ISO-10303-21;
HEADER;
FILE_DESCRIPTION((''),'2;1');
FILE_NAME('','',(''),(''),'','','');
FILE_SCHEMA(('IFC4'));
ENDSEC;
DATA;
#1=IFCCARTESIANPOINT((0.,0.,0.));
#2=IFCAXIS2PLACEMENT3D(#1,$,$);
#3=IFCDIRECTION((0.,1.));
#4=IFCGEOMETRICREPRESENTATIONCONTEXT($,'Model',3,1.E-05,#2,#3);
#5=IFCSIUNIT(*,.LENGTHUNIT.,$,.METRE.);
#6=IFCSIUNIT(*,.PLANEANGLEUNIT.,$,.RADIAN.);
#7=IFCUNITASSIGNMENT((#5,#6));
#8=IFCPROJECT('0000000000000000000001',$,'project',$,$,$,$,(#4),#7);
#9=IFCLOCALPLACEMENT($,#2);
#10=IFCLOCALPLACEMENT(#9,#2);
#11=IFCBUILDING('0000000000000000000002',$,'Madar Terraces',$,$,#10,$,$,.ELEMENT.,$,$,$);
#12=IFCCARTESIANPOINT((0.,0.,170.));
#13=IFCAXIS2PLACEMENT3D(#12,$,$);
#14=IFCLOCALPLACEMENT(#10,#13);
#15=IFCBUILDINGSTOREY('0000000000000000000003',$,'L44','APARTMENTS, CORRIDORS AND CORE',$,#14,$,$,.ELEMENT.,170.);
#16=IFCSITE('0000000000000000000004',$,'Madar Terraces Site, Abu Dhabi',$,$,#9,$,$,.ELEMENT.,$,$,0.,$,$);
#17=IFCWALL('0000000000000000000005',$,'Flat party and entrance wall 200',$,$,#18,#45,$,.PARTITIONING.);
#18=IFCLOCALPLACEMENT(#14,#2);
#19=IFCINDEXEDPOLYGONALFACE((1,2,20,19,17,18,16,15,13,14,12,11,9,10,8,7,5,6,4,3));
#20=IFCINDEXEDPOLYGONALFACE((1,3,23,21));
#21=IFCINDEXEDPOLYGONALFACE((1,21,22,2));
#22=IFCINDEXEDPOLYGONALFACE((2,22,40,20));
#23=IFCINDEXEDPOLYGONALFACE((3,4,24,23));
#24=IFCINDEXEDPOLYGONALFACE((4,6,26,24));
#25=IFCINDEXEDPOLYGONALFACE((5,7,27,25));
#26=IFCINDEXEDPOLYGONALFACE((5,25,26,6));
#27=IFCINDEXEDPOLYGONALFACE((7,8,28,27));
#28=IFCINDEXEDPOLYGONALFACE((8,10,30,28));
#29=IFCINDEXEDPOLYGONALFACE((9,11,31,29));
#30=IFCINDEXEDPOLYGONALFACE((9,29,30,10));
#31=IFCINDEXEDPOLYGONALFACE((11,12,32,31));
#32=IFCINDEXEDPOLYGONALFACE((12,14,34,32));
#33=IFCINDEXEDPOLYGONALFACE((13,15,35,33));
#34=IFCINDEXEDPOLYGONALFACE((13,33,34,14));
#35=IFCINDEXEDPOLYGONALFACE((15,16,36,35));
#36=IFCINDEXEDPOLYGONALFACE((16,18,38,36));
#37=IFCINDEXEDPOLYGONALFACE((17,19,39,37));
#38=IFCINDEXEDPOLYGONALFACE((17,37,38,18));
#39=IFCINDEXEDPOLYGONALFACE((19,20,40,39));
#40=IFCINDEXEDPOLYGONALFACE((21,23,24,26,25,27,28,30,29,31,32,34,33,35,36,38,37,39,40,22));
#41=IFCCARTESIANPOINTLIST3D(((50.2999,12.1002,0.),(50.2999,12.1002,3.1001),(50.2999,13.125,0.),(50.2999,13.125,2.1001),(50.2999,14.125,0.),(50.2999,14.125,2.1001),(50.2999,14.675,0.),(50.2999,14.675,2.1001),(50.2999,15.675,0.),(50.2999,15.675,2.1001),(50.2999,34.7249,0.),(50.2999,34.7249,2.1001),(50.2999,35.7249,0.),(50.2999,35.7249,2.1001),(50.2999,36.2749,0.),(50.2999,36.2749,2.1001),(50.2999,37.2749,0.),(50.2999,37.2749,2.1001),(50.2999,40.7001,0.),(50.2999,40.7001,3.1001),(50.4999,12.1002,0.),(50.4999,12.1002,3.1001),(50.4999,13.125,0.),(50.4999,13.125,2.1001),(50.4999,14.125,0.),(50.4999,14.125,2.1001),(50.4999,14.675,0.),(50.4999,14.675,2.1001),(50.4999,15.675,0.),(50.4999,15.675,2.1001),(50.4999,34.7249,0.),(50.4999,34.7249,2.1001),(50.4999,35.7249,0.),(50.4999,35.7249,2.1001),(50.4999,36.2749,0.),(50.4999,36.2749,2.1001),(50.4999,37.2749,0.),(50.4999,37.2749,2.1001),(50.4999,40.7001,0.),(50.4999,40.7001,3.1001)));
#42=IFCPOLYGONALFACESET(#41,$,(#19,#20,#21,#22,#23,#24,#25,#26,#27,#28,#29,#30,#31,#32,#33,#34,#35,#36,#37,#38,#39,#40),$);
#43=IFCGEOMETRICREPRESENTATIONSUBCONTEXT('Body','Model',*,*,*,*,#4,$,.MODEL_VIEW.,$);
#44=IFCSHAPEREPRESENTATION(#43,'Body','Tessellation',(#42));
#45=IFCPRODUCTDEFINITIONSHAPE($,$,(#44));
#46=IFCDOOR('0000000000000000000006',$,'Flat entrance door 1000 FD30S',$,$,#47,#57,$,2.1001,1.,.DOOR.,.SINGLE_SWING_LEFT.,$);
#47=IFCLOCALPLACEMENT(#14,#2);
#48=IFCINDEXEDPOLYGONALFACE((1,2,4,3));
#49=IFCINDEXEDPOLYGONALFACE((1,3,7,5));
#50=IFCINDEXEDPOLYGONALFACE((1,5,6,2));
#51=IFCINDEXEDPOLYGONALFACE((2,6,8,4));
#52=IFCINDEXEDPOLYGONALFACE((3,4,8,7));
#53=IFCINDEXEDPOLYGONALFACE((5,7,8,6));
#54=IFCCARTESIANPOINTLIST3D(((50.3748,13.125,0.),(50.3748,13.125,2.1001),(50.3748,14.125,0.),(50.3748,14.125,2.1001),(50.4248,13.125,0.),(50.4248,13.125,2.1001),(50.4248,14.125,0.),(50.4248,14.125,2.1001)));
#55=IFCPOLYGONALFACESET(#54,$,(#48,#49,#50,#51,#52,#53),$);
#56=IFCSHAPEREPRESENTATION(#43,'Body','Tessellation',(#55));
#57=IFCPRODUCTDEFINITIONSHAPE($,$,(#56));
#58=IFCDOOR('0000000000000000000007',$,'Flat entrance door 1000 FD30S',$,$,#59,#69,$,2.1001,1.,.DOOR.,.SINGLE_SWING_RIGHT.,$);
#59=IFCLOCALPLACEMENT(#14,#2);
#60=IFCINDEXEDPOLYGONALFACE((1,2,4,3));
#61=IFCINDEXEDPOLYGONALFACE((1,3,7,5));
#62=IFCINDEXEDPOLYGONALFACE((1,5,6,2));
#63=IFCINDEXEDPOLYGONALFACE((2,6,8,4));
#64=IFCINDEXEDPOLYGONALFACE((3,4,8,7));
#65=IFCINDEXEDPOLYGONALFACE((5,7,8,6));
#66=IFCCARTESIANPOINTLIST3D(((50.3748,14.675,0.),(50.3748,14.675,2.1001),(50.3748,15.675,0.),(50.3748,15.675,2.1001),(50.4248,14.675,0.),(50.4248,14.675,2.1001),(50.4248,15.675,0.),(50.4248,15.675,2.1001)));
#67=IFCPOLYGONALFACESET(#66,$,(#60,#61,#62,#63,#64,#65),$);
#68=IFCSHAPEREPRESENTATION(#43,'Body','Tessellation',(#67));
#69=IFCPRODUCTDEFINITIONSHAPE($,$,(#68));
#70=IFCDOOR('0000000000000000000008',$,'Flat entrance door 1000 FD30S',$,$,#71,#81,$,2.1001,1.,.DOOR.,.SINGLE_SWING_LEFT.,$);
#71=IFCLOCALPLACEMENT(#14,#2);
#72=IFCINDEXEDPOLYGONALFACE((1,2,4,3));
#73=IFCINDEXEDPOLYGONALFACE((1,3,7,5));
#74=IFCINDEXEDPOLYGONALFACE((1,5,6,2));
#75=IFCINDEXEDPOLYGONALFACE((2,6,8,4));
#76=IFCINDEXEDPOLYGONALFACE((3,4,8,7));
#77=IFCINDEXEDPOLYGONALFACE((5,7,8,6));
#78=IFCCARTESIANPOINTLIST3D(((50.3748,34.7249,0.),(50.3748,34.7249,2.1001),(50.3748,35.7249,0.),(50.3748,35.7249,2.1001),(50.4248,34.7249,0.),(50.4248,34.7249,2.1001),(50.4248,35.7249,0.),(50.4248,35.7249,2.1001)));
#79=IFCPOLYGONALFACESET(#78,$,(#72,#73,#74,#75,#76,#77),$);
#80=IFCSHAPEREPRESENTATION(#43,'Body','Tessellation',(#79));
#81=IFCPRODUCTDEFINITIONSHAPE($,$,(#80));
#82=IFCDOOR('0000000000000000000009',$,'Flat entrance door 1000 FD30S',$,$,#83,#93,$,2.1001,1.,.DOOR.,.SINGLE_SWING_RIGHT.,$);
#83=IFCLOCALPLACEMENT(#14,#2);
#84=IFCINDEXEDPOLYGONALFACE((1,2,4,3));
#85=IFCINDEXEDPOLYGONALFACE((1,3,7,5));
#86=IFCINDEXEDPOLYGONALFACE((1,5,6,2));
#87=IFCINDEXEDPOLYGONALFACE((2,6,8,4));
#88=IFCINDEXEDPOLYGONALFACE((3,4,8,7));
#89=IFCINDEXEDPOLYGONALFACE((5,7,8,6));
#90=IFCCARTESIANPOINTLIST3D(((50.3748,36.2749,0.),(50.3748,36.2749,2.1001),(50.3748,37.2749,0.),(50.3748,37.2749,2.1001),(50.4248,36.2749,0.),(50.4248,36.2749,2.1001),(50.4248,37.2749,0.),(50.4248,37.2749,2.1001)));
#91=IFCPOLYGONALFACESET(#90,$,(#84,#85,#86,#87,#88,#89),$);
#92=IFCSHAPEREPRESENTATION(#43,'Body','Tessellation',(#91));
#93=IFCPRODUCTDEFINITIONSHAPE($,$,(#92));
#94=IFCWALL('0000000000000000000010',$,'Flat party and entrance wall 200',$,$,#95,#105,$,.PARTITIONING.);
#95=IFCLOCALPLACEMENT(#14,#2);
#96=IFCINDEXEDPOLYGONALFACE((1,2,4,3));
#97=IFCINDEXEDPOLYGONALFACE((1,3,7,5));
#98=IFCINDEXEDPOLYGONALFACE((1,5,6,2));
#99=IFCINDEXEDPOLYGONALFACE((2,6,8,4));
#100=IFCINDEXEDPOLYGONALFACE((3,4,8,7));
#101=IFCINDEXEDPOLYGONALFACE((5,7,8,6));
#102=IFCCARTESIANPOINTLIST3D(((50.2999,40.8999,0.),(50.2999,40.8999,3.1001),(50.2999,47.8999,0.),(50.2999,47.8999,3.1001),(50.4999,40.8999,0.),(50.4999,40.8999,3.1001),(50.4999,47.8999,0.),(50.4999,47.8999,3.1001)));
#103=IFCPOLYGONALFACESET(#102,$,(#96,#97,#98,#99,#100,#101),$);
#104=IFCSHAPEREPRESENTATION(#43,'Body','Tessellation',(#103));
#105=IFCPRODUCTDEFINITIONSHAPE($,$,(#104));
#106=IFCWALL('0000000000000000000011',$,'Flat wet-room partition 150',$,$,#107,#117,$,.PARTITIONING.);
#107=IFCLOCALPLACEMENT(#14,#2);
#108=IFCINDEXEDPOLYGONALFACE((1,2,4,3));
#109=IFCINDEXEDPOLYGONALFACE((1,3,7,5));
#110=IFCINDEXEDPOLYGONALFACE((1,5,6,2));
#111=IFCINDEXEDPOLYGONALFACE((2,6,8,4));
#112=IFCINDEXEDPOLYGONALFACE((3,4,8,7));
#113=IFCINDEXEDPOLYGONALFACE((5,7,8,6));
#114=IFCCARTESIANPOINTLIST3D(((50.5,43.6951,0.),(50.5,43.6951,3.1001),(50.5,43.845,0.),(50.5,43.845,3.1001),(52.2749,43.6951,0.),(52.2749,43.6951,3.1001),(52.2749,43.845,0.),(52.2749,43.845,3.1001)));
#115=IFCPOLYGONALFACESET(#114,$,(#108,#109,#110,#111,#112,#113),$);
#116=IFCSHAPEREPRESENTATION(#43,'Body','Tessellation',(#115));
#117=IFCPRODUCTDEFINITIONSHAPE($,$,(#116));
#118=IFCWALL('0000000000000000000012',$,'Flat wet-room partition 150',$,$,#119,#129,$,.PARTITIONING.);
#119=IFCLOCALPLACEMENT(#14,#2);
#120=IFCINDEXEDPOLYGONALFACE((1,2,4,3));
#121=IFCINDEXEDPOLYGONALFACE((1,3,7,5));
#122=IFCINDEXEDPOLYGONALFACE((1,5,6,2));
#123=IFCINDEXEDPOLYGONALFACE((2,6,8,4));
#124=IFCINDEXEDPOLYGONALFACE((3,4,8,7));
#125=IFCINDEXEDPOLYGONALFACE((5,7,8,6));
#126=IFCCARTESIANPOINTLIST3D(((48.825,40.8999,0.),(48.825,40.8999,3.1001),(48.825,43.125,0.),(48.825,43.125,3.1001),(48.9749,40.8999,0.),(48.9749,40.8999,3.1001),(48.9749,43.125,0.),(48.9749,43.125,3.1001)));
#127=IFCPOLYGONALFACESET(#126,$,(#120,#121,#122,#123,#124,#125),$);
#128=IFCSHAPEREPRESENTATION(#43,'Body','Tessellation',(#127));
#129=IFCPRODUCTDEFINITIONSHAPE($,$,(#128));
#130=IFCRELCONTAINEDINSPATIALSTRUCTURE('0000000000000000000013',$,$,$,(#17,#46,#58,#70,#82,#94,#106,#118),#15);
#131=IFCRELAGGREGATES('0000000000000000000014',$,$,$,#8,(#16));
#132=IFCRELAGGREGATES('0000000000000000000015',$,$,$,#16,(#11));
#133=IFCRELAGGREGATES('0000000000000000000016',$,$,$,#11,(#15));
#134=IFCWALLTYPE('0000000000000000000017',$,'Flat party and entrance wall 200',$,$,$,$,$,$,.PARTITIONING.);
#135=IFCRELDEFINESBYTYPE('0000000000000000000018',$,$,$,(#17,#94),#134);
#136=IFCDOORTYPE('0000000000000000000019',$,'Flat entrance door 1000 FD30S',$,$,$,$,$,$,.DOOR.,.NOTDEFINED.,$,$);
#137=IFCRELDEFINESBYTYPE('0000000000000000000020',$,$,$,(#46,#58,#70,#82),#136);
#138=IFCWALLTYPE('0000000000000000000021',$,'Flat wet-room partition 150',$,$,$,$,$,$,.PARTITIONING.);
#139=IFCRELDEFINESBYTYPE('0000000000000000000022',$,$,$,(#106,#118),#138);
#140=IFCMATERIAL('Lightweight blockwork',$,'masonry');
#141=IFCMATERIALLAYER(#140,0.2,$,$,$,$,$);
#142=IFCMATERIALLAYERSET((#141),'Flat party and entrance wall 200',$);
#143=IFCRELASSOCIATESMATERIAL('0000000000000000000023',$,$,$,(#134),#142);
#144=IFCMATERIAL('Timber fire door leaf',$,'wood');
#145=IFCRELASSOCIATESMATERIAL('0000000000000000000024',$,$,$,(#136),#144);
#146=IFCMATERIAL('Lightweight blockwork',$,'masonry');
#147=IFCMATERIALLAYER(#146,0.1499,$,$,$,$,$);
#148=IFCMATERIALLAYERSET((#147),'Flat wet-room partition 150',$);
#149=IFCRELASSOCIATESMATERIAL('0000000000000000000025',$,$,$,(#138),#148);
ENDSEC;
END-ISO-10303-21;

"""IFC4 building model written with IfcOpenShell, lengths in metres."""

from ifc_helpers import new_model, si_unit, direction, frame, frame_2d, origin, place, context, subcontext, project, spatial, rectangle, extrude, material, layer, layer_set, type_object, element, fill, save


model = new_model("IFC4")

# Units and contexts
model_context = context("Model", 3, precision=1e-05, world=origin(), true_north=direction((0.0, 1.0)))
body_context = subcontext(model_context, "Body", "Model", "MODEL_VIEW")
ifc_project = project(units=[si_unit("LENGTHUNIT", "METRE"), si_unit("PLANEANGLEUNIT", "RADIAN")], contexts=[model_context])

# Site, building, storey
site_placement = place(None, origin())
site = spatial("IfcSite", under=ifc_project, at=site_placement, Name="Madar Terraces Site, Abu Dhabi", CompositionType="ELEMENT", RefElevation=0.0)
building_placement = place(site_placement, origin())
building = spatial("IfcBuilding", under=site, at=building_placement, Name="Madar Terraces", CompositionType="ELEMENT")
storey_placement = place(building_placement, frame((0.0, 0.0, 170.0)))
storey = spatial("IfcBuildingStorey", under=building, at=storey_placement, Name="L44", Description="APARTMENTS, CORRIDORS AND CORE", CompositionType="ELEMENT", Elevation=170.0)

# Wall, openings, doors
ifc_material_1 = material(Name="Lightweight blockwork", Category="masonry")
ifc_layer_1 = layer(ifc_material_1, 0.2)
ifc_layer_set_1 = layer_set([ifc_layer_1], Name="Flat party and entrance wall 200")
wall_type_1 = type_object("IfcWallType", Name="Flat party and entrance wall 200", PredefinedType="PARTITIONING", material=ifc_layer_set_1)
wall_1_placement = place(storey_placement, frame((50.3999, 40.7, 0.0), z_axis=(0.0, 0.0, 1.0), x_axis=(0.0, -1.0, 0.0)))
wall_1 = element("IfcWall", 1, at=wall_1_placement, inside=storey, type_object=wall_type_1, Name="Flat party and entrance wall 200", PredefinedType="PARTITIONING", context=body_context, shape_type="SweptSolid", body=[
    extrude(rectangle(XDim=28.5999, YDim=0.2, at=frame_2d((14.2998, 0.0))), origin(), (0.0, 0.0, 1.0), 3.1001),
])
opening_1_placement = place(wall_1_placement, frame((26.575, 0.0, 0.0)))
opening_1 = element("IfcOpeningElement", 2, at=opening_1_placement, cuts=wall_1, PredefinedType="OPENING", context=body_context, shape_type="SweptSolid", body=[
    extrude(rectangle(XDim=1.0, YDim=2.1001, at=frame_2d((0.5, 1.05))), frame((0.0, 0.1099, 0.0), z_axis=(0.0, -1.0, 0.0), x_axis=(1.0, 0.0, 0.0)), (0.0, 0.0, 1.0), 0.22),
])
opening_2_placement = place(wall_1_placement, frame((25.0249, 0.0, 0.0)))
opening_2 = element("IfcOpeningElement", 3, at=opening_2_placement, cuts=wall_1, PredefinedType="OPENING", context=body_context, shape_type="SweptSolid", body=[
    extrude(rectangle(XDim=1.0, YDim=2.1001, at=frame_2d((0.5, 1.05))), frame((0.0, 0.1099, 0.0), z_axis=(0.0, -1.0, 0.0), x_axis=(1.0, 0.0, 0.0)), (0.0, 0.0, 1.0), 0.22),
])
opening_3_placement = place(wall_1_placement, frame((4.9751, 0.0, 0.0)))
opening_3 = element("IfcOpeningElement", 4, at=opening_3_placement, cuts=wall_1, PredefinedType="OPENING", context=body_context, shape_type="SweptSolid", body=[
    extrude(rectangle(XDim=1.0, YDim=2.1001, at=frame_2d((0.5, 1.05))), frame((0.0, 0.1099, 0.0), z_axis=(0.0, -1.0, 0.0), x_axis=(1.0, 0.0, 0.0)), (0.0, 0.0, 1.0), 0.22),
])
opening_4_placement = place(wall_1_placement, frame((3.425, 0.0, 0.0)))
opening_4 = element("IfcOpeningElement", 5, at=opening_4_placement, cuts=wall_1, PredefinedType="OPENING", context=body_context, shape_type="SweptSolid", body=[
    extrude(rectangle(XDim=1.0, YDim=2.1001, at=frame_2d((0.5, 1.05))), frame((0.0, 0.1099, 0.0), z_axis=(0.0, -1.0, 0.0), x_axis=(1.0, 0.0, 0.0)), (0.0, 0.0, 1.0), 0.22),
])
ifc_material_2 = material(Name="Timber fire door leaf", Category="wood")
door_type_1 = type_object("IfcDoorType", Name="Flat entrance door 1000 FD30S", OperationType="NOTDEFINED", PredefinedType="DOOR", material=ifc_material_2)
door_1_placement = place(opening_1_placement, origin())
door_1 = element("IfcDoor", 6, at=door_1_placement, inside=storey, type_object=door_type_1, Name="Flat entrance door 1000 FD30S", OperationType="SINGLE_SWING_LEFT", OverallHeight=2.1001, OverallWidth=1.0, PredefinedType="DOOR", context=body_context, shape_type="SweptSolid", body=[
    extrude(rectangle(XDim=1.0, YDim=2.1001, at=frame_2d((0.5, 1.05))), frame((0.0, 0.0249, 0.0), z_axis=(0.0, -1.0, 0.0), x_axis=(1.0, 0.0, 0.0)), (0.0, 0.0, 1.0), 0.05),
])
fill(opening_1, door_1)
door_2_placement = place(opening_2_placement, origin())
door_2 = element("IfcDoor", 7, at=door_2_placement, inside=storey, type_object=door_type_1, Name="Flat entrance door 1000 FD30S", OperationType="SINGLE_SWING_RIGHT", OverallHeight=2.1001, OverallWidth=1.0, PredefinedType="DOOR", context=body_context, shape_type="SweptSolid", body=[
    extrude(rectangle(XDim=1.0, YDim=2.1001, at=frame_2d((0.5, 1.05))), frame((0.0, 0.0249, 0.0), z_axis=(0.0, -1.0, 0.0), x_axis=(1.0, 0.0, 0.0)), (0.0, 0.0, 1.0), 0.05),
])
fill(opening_2, door_2)
door_3_placement = place(opening_3_placement, origin())
door_3 = element("IfcDoor", 8, at=door_3_placement, inside=storey, type_object=door_type_1, Name="Flat entrance door 1000 FD30S", OperationType="SINGLE_SWING_LEFT", OverallHeight=2.1001, OverallWidth=1.0, PredefinedType="DOOR", context=body_context, shape_type="SweptSolid", body=[
    extrude(rectangle(XDim=1.0, YDim=2.1001, at=frame_2d((0.5, 1.05))), frame((0.0, 0.0249, 0.0), z_axis=(0.0, -1.0, 0.0), x_axis=(1.0, 0.0, 0.0)), (0.0, 0.0, 1.0), 0.05),
])
fill(opening_3, door_3)
door_4_placement = place(opening_4_placement, origin())
door_4 = element("IfcDoor", 9, at=door_4_placement, inside=storey, type_object=door_type_1, Name="Flat entrance door 1000 FD30S", OperationType="SINGLE_SWING_RIGHT", OverallHeight=2.1001, OverallWidth=1.0, PredefinedType="DOOR", context=body_context, shape_type="SweptSolid", body=[
    extrude(rectangle(XDim=1.0, YDim=2.1001, at=frame_2d((0.5, 1.05))), frame((0.0, 0.0249, 0.0), z_axis=(0.0, -1.0, 0.0), x_axis=(1.0, 0.0, 0.0)), (0.0, 0.0, 1.0), 0.05),
])
fill(opening_4, door_4)

# Walls
wall_2_placement = place(storey_placement, frame((50.3999, 40.8999, 0.0), z_axis=(0.0, 0.0, 1.0), x_axis=(0.0, 1.0, 0.0)))
element("IfcWall", 10, at=wall_2_placement, inside=storey, type_object=wall_type_1, Name="Flat party and entrance wall 200", PredefinedType="PARTITIONING", context=body_context, shape_type="SweptSolid", body=[
    extrude(rectangle(XDim=7.0, YDim=0.2, at=frame_2d((3.5, 0.0))), origin(), (0.0, 0.0, 1.0), 3.1001),
])
ifc_material_3 = material(Name="Lightweight blockwork", Category="masonry")
ifc_layer_2 = layer(ifc_material_3, 0.1499)
ifc_layer_set_2 = layer_set([ifc_layer_2], Name="Flat wet-room partition 150")
wall_type_2 = type_object("IfcWallType", Name="Flat wet-room partition 150", PredefinedType="PARTITIONING", material=ifc_layer_set_2)
wall_3_placement = place(storey_placement, frame((50.5, 43.77, 0.0), z_axis=(0.0, 0.0, 1.0), x_axis=(1.0, 0.0, 0.0)))
element("IfcWall", 11, at=wall_3_placement, inside=storey, type_object=wall_type_2, Name="Flat wet-room partition 150", PredefinedType="PARTITIONING", context=body_context, shape_type="SweptSolid", body=[
    extrude(rectangle(XDim=1.7749, YDim=0.1499, at=frame_2d((0.8875, 0.0))), origin(), (0.0, 0.0, 1.0), 3.1001),
])
wall_4_placement = place(storey_placement, frame((48.8999, 40.8999, 0.0), z_axis=(0.0, 0.0, 1.0), x_axis=(0.0, 1.0, 0.0)))
element("IfcWall", 12, at=wall_4_placement, inside=storey, type_object=wall_type_2, Name="Flat wet-room partition 150", PredefinedType="PARTITIONING", context=body_context, shape_type="SweptSolid", body=[
    extrude(rectangle(XDim=2.2251, YDim=0.1499, at=frame_2d((1.1125, 0.0))), origin(), (0.0, 0.0, 1.0), 3.1001),
])

save(model, "model.ifc")
